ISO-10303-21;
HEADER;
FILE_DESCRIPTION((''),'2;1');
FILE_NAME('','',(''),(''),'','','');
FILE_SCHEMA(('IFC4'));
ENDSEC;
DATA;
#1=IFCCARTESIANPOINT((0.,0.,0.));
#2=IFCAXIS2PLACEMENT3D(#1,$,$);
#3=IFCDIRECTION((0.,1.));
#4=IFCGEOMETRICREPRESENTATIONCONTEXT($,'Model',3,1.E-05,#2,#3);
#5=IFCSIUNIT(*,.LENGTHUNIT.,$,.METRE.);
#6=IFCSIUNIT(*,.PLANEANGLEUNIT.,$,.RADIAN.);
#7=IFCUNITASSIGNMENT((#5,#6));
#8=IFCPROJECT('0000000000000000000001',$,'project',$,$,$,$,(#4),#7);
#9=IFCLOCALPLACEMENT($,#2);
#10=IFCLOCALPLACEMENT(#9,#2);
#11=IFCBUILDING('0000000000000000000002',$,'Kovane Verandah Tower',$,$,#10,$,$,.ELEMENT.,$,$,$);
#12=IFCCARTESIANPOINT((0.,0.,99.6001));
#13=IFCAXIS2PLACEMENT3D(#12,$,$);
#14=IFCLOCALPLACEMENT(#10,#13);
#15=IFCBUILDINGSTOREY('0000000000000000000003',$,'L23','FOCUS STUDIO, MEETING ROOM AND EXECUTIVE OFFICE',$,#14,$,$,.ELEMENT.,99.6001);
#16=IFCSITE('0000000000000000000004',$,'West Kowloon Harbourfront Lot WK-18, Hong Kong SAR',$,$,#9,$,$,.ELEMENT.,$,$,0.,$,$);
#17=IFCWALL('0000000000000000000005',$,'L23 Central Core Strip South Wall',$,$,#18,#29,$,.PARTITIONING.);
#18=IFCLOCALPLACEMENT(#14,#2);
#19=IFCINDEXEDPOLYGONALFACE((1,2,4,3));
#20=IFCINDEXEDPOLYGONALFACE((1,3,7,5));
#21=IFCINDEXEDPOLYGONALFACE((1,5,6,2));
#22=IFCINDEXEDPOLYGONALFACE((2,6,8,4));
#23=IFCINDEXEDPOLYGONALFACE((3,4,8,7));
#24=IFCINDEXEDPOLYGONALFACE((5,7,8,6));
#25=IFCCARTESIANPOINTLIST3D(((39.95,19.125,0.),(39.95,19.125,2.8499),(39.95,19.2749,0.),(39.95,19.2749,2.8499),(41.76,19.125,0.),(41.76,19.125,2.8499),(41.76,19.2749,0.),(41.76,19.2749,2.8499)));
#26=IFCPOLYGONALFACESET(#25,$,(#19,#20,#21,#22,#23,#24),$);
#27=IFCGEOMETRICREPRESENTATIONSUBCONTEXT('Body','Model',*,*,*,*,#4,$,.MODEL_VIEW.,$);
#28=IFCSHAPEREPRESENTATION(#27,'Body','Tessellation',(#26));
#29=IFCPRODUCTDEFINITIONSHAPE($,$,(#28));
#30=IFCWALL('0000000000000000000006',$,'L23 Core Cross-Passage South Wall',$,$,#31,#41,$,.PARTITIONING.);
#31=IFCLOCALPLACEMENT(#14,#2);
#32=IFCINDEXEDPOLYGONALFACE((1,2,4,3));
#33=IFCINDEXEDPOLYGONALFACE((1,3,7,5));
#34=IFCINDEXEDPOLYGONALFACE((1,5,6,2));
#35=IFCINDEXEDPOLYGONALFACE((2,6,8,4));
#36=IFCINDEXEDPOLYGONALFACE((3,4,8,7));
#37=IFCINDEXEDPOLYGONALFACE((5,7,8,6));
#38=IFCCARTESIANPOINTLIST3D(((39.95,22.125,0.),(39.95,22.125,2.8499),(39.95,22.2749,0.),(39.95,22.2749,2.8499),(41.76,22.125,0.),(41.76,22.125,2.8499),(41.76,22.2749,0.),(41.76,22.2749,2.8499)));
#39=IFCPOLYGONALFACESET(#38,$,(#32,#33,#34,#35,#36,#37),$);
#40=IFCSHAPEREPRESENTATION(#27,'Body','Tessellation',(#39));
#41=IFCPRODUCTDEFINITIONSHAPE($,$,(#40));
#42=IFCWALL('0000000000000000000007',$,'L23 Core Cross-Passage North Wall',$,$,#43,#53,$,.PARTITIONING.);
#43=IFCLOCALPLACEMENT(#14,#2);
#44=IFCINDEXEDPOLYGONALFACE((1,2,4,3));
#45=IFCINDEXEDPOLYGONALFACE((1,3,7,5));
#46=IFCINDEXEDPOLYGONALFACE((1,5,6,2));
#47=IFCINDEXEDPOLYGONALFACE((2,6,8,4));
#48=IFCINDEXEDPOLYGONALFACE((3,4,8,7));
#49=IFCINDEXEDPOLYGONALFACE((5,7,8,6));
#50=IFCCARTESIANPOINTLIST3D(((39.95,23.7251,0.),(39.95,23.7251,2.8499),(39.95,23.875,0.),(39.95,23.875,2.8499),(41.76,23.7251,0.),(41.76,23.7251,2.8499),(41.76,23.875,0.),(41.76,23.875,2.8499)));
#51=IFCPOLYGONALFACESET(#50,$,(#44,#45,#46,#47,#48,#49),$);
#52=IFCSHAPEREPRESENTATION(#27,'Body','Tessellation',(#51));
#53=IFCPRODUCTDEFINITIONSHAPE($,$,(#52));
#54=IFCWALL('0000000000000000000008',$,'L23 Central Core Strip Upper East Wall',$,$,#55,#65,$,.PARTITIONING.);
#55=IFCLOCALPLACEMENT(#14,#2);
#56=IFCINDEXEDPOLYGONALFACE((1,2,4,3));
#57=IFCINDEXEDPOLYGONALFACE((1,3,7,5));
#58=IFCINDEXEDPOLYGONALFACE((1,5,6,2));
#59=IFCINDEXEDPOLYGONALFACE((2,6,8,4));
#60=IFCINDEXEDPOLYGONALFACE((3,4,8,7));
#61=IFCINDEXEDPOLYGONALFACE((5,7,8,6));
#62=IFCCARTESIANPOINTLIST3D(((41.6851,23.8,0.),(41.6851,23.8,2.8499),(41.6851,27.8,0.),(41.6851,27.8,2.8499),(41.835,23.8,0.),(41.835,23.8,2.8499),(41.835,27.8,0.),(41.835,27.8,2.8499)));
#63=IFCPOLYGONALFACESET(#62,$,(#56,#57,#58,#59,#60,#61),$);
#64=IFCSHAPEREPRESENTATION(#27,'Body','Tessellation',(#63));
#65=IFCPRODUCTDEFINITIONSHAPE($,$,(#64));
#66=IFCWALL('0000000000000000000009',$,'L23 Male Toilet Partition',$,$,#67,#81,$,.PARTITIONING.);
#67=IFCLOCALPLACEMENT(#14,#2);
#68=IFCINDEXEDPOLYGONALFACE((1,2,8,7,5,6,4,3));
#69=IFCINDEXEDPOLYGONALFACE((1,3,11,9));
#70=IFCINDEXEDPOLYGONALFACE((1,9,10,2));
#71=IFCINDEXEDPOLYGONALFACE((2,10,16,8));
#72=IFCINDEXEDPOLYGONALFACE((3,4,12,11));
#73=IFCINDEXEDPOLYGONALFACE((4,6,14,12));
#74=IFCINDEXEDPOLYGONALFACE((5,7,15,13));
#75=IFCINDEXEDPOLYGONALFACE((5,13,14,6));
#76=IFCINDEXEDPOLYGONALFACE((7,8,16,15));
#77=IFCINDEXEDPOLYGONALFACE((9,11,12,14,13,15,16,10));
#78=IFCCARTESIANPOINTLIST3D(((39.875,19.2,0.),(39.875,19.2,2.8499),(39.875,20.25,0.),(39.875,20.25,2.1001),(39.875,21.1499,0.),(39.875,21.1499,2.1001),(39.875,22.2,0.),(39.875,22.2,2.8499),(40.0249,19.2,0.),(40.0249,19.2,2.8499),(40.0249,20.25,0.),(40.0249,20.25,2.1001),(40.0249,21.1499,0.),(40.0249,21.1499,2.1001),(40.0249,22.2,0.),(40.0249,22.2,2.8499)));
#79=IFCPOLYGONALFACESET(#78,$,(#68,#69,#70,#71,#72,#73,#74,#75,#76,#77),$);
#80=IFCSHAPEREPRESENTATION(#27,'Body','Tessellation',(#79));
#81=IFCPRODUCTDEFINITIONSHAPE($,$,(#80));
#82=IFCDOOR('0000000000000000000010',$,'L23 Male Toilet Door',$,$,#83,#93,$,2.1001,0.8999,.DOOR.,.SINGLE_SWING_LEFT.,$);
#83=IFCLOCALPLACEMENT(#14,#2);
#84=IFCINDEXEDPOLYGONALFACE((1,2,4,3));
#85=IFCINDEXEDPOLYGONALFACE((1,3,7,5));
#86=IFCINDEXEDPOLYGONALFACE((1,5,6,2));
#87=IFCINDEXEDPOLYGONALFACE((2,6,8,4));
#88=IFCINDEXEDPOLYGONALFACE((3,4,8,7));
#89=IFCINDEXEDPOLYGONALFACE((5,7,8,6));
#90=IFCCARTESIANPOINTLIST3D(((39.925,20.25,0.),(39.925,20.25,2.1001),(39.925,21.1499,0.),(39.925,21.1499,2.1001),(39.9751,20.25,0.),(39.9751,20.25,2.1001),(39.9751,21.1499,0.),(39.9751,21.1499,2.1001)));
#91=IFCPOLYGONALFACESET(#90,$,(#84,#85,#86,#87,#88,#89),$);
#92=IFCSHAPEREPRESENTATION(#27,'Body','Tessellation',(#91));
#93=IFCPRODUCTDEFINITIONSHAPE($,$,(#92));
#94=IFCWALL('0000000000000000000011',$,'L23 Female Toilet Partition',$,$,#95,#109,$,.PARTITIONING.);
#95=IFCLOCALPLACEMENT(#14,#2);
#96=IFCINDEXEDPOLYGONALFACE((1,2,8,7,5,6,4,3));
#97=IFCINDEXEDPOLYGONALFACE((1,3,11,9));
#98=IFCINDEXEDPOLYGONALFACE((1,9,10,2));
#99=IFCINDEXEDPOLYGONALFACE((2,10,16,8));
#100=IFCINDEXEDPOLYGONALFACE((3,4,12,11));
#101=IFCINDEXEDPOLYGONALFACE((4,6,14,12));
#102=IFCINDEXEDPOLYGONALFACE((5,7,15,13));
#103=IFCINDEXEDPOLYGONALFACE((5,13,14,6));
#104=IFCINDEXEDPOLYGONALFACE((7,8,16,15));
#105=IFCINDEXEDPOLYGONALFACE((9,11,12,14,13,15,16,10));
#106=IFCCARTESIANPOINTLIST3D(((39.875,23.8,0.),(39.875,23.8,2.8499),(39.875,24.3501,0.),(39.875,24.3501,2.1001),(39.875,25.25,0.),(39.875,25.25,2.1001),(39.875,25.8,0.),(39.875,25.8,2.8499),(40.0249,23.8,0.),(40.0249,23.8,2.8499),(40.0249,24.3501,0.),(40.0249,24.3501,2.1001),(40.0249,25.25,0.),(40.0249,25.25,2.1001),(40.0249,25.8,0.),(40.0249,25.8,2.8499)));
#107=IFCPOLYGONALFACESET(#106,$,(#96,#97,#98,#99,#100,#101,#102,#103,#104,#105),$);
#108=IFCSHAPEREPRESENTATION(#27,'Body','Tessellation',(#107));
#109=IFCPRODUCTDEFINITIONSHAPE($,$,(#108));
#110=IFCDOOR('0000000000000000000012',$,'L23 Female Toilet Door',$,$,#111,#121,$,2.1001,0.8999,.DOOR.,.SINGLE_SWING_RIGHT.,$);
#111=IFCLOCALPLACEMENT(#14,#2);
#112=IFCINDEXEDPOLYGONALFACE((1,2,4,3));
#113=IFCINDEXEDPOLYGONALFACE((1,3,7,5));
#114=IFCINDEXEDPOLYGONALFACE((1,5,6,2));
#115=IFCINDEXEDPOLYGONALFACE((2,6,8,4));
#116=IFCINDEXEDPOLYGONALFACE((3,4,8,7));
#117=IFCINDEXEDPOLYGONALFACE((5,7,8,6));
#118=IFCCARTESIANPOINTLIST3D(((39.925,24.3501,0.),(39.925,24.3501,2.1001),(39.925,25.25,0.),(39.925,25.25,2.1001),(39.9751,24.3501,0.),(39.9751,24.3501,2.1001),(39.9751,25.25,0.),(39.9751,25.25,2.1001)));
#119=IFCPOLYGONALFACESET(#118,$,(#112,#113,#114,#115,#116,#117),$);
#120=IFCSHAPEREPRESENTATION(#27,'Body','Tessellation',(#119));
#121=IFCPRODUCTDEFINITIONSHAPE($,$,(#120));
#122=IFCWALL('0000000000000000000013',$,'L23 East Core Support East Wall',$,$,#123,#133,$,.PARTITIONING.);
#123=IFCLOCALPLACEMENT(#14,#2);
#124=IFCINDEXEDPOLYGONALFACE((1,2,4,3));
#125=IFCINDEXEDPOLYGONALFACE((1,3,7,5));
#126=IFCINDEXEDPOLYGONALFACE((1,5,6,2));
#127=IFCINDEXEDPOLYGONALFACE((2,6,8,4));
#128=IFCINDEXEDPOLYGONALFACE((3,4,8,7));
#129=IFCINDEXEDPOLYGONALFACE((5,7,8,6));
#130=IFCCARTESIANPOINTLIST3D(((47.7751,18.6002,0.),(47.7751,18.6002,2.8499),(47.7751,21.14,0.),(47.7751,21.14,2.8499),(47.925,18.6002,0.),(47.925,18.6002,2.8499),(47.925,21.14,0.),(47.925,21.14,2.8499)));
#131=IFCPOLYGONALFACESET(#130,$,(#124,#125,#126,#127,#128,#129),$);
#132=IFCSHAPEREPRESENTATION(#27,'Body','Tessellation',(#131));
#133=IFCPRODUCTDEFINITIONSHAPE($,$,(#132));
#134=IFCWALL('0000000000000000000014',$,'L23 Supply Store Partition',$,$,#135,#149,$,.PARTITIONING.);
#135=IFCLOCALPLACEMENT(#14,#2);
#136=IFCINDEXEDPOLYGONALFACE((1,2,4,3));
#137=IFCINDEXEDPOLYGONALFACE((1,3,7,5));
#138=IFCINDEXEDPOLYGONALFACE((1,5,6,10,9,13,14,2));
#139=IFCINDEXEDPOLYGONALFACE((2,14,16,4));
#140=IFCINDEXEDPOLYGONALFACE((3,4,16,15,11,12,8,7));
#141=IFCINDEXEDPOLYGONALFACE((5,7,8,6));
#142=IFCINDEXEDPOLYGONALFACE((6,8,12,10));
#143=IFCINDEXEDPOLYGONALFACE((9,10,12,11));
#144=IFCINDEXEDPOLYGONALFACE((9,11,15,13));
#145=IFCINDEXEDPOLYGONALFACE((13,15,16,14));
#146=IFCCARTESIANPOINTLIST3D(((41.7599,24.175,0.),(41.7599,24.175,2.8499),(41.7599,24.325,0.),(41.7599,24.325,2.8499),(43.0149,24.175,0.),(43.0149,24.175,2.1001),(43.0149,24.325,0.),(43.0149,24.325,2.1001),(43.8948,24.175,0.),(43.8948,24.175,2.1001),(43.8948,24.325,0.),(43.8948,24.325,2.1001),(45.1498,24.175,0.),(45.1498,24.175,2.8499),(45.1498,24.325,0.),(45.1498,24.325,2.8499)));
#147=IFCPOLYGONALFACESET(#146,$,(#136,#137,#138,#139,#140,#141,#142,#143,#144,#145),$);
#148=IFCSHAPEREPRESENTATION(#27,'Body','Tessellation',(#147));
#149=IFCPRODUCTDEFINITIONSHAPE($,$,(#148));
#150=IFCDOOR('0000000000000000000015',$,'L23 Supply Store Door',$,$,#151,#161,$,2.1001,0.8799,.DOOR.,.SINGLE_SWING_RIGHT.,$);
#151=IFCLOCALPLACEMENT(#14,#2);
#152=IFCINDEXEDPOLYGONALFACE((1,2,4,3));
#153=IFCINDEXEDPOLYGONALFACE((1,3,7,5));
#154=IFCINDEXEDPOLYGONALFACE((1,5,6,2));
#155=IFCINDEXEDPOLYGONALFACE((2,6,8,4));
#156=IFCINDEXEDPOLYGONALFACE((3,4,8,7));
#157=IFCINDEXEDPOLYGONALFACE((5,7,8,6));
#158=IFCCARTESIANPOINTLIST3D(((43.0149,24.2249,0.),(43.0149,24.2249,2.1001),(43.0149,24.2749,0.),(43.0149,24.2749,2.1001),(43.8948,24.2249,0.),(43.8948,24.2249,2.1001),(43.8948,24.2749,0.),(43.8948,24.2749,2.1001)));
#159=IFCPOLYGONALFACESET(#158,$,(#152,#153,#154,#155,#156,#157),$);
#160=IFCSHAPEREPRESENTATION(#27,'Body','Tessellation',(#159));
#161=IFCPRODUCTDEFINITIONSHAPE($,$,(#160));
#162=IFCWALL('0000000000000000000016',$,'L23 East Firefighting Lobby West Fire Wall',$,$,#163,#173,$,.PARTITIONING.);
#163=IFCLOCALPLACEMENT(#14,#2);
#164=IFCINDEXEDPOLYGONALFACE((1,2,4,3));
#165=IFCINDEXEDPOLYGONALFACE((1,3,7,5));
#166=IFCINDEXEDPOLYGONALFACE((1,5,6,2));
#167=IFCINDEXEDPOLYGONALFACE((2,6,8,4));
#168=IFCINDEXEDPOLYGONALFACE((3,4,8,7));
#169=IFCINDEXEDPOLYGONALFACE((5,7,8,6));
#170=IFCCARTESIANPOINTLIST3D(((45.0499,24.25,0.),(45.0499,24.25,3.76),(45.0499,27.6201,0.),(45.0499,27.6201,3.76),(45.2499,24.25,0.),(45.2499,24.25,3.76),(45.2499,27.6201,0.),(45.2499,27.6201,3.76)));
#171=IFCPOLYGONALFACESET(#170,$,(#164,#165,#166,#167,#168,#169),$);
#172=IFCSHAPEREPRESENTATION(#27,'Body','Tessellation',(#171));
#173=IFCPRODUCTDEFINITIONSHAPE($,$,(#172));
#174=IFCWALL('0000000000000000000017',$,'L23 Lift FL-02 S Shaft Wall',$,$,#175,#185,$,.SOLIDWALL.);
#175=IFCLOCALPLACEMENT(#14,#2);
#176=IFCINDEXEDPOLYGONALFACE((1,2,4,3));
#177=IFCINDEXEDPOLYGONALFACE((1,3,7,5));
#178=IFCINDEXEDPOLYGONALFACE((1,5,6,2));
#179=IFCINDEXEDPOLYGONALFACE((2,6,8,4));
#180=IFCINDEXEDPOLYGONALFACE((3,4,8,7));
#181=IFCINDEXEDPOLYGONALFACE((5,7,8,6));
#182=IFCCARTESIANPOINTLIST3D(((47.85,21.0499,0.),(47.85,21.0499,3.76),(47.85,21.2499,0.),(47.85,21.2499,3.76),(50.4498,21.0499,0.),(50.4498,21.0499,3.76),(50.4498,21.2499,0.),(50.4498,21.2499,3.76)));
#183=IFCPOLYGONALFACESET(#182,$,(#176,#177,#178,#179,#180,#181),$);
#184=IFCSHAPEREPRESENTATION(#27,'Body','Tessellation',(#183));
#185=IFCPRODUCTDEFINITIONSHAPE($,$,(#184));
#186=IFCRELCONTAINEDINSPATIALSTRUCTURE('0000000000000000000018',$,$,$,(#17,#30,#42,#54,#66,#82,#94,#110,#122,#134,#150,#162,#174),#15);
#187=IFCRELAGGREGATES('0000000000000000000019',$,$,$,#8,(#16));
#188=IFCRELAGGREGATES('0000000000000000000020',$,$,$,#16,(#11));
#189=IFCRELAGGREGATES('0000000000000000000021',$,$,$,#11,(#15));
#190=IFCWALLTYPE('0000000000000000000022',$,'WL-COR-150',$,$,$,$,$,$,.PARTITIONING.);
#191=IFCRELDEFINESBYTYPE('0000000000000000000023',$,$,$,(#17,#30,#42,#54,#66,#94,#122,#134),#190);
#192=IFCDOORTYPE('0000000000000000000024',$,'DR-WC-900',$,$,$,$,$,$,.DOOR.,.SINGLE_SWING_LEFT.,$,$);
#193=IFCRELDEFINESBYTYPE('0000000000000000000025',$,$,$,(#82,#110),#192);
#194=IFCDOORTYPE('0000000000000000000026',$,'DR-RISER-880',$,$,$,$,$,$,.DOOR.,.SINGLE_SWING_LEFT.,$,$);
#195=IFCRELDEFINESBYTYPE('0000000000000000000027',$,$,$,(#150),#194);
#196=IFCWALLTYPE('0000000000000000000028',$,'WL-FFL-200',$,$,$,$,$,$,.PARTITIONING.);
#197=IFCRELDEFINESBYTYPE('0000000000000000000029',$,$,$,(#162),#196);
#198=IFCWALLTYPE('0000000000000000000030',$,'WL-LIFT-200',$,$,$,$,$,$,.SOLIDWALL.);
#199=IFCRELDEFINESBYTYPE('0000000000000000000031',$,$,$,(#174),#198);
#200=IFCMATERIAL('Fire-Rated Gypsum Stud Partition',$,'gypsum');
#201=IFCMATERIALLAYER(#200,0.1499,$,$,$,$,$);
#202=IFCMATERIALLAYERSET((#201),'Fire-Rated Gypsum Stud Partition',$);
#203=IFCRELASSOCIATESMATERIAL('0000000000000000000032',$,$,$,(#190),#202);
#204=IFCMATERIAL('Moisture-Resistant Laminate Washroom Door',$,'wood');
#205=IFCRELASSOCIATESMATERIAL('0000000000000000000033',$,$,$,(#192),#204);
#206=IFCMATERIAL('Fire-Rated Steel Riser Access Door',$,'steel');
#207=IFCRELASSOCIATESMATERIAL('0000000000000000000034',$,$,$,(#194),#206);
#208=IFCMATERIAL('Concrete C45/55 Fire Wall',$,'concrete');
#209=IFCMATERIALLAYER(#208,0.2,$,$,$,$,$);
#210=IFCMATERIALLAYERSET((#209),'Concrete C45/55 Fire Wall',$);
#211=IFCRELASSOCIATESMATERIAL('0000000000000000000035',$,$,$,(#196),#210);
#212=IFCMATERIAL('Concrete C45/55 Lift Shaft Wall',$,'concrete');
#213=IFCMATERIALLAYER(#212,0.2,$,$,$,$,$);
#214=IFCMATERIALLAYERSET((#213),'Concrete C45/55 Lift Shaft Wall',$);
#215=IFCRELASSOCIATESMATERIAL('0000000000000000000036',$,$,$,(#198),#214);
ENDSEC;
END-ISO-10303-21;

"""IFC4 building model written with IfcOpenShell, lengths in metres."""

from ifc_helpers import new_model, si_unit, direction, frame, frame_2d, origin, place, context, subcontext, project, spatial, rectangle, extrude, material, layer, layer_set, type_object, element, fill, save


model = new_model("IFC4")

# Units and contexts
model_context = context("Model", 3, precision=1e-05, world=origin(), true_north=direction((0.0, 1.0)))
body_context = subcontext(model_context, "Body", "Model", "MODEL_VIEW")
ifc_project = project(units=[si_unit("LENGTHUNIT", "METRE"), si_unit("PLANEANGLEUNIT", "RADIAN")], contexts=[model_context])

# Site, building, storey
site_placement = place(None, origin())
site = spatial("IfcSite", under=ifc_project, at=site_placement, Name="West Kowloon Harbourfront Lot WK-18, Hong Kong SAR", CompositionType="ELEMENT", RefElevation=0.0)
building_placement = place(site_placement, origin())
building = spatial("IfcBuilding", under=site, at=building_placement, Name="Kovane Verandah Tower", CompositionType="ELEMENT")
storey_placement = place(building_placement, frame((0.0, 0.0, 99.6001)))
storey = spatial("IfcBuildingStorey", under=building, at=storey_placement, Name="L23", Description="FOCUS STUDIO, MEETING ROOM AND EXECUTIVE OFFICE", CompositionType="ELEMENT", Elevation=99.6001)

# Walls
ifc_material_1 = material(Name="Fire-Rated Gypsum Stud Partition", Category="gypsum")
ifc_layer_1 = layer(ifc_material_1, 0.1499)
ifc_layer_set_1 = layer_set([ifc_layer_1], Name="Fire-Rated Gypsum Stud Partition")
wall_type_1 = type_object("IfcWallType", Name="WL-COR-150", PredefinedType="PARTITIONING", material=ifc_layer_set_1)
for number, where, z_axis, x_axis, name in (
    (1, (39.95, 19.2, 0.0), (0.0, 0.0, 1.0), (1.0, 0.0, 0.0), "L23 Central Core Strip South Wall"),
    (2, (39.95, 22.2, 0.0), (0.0, 0.0, 1.0), (1.0, 0.0, 0.0), "L23 Core Cross-Passage South Wall"),
    (3, (39.95, 23.8, 0.0), (0.0, 0.0, 1.0), (1.0, 0.0, 0.0), "L23 Core Cross-Passage North Wall"),
):
    element("IfcWall", number, at=place(storey_placement, frame(where, z_axis=z_axis, x_axis=x_axis)), inside=storey, type_object=wall_type_1, Name=name, PredefinedType="PARTITIONING", context=body_context, shape_type="SweptSolid", body=[
        extrude(rectangle(XDim=1.8101, YDim=0.1499, at=frame_2d((0.905, 0.0))), origin(), (0.0, 0.0, 1.0), 2.8499),
    ])
wall_1_placement = place(storey_placement, frame((41.76, 23.8, 0.0), z_axis=(0.0, 0.0, 1.0), x_axis=(0.0, 1.0, 0.0)))
element("IfcWall", 4, at=wall_1_placement, inside=storey, type_object=wall_type_1, Name="L23 Central Core Strip Upper East Wall", PredefinedType="PARTITIONING", context=body_context, shape_type="SweptSolid", body=[
    extrude(rectangle(XDim=4.0, YDim=0.1499, at=frame_2d((2.0, 0.0))), origin(), (0.0, 0.0, 1.0), 2.8499),
])

# Walls, openings, doors
wall_2_placement = place(storey_placement, frame((39.95, 19.2, 0.0), z_axis=(0.0, 0.0, 1.0), x_axis=(0.0, 1.0, 0.0)))
wall_2 = element("IfcWall", 5, at=wall_2_placement, inside=storey, type_object=wall_type_1, Name="L23 Male Toilet Partition", PredefinedType="PARTITIONING", context=body_context, shape_type="SweptSolid", body=[
    extrude(rectangle(XDim=3.0, YDim=0.1499, at=frame_2d((1.5, 0.0))), origin(), (0.0, 0.0, 1.0), 2.8499),
])
opening_1_placement = place(wall_2_placement, frame((1.05, 0.0, 0.0)))
opening_1 = element("IfcOpeningElement", 6, at=opening_1_placement, cuts=wall_2, PredefinedType="OPENING", context=body_context, shape_type="SweptSolid", body=[
    extrude(rectangle(XDim=0.8999, YDim=2.1001, at=frame_2d((0.45, 1.05))), frame((0.0, 0.075, 0.0), z_axis=(0.0, -1.0, 0.0), x_axis=(1.0, 0.0, 0.0)), (0.0, 0.0, 1.0), 0.1499),
])
ifc_material_2 = material(Name="Moisture-Resistant Laminate Washroom Door", Category="wood")
door_type_1 = type_object("IfcDoorType", Name="DR-WC-900", OperationType="SINGLE_SWING_LEFT", PredefinedType="DOOR", material=ifc_material_2)
door_1_placement = place(opening_1_placement, origin())
door_1 = element("IfcDoor", 7, at=door_1_placement, inside=storey, type_object=door_type_1, Name="L23 Male Toilet Door", OperationType="SINGLE_SWING_LEFT", OverallHeight=2.1001, OverallWidth=0.8999, PredefinedType="DOOR", context=body_context, shape_type="SweptSolid", body=[
    extrude(rectangle(XDim=0.8999, YDim=2.1001, at=frame_2d((0.45, 1.05))), frame((0.0, 0.0249, 0.0), z_axis=(0.0, -1.0, 0.0), x_axis=(1.0, 0.0, 0.0)), (0.0, 0.0, 1.0), 0.05),
])
fill(opening_1, door_1)
wall_3_placement = place(storey_placement, frame((39.95, 23.8, 0.0), z_axis=(0.0, 0.0, 1.0), x_axis=(0.0, 1.0, 0.0)))
wall_3 = element("IfcWall", 8, at=wall_3_placement, inside=storey, type_object=wall_type_1, Name="L23 Female Toilet Partition", PredefinedType="PARTITIONING", context=body_context, shape_type="SweptSolid", body=[
    extrude(rectangle(XDim=2.0, YDim=0.1499, at=frame_2d((1.0, 0.0))), origin(), (0.0, 0.0, 1.0), 2.8499),
])
opening_2_placement = place(wall_3_placement, frame((0.55, 0.0, 0.0)))
opening_2 = element("IfcOpeningElement", 9, at=opening_2_placement, cuts=wall_3, PredefinedType="OPENING", context=body_context, shape_type="SweptSolid", body=[
    extrude(rectangle(XDim=0.8999, YDim=2.1001, at=frame_2d((0.45, 1.05))), frame((0.0, 0.075, 0.0), z_axis=(0.0, -1.0, 0.0), x_axis=(1.0, 0.0, 0.0)), (0.0, 0.0, 1.0), 0.1499),
])
door_2_placement = place(opening_2_placement, origin())
door_2 = element("IfcDoor", 10, at=door_2_placement, inside=storey, type_object=door_type_1, Name="L23 Female Toilet Door", OperationType="SINGLE_SWING_RIGHT", OverallHeight=2.1001, OverallWidth=0.8999, PredefinedType="DOOR", context=body_context, shape_type="SweptSolid", body=[
    extrude(rectangle(XDim=0.8999, YDim=2.1001, at=frame_2d((0.45, 1.05))), frame((0.0, 0.0249, 0.0), z_axis=(0.0, -1.0, 0.0), x_axis=(1.0, 0.0, 0.0)), (0.0, 0.0, 1.0), 0.05),
])
fill(opening_2, door_2)

# Wall
wall_4_placement = place(storey_placement, frame((47.8501, 18.6001, 0.0), z_axis=(0.0, 0.0, 1.0), x_axis=(0.0, 1.0, 0.0)))
element("IfcWall", 11, at=wall_4_placement, inside=storey, type_object=wall_type_1, Name="L23 East Core Support East Wall", PredefinedType="PARTITIONING", context=body_context, shape_type="SweptSolid", body=[
    extrude(rectangle(XDim=2.5398, YDim=0.1499, at=frame_2d((1.27, 0.0))), origin(), (0.0, 0.0, 1.0), 2.8499),
])

# Wall, opening, door
wall_5_placement = place(storey_placement, frame((41.76, 24.25, 0.0), z_axis=(0.0, 0.0, 1.0), x_axis=(1.0, 0.0, 0.0)))
wall_5 = element("IfcWall", 12, at=wall_5_placement, inside=storey, type_object=wall_type_1, Name="L23 Supply Store Partition", PredefinedType="PARTITIONING", context=body_context, shape_type="SweptSolid", body=[
    extrude(rectangle(XDim=3.3899, YDim=0.1499, at=frame_2d((1.6948, 0.0))), origin(), (0.0, 0.0, 1.0), 2.8499),
])
opening_3_placement = place(wall_5_placement, frame((1.2549, 0.0, 0.0)))
opening_3 = element("IfcOpeningElement", 13, at=opening_3_placement, cuts=wall_5, PredefinedType="OPENING", context=body_context, shape_type="SweptSolid", body=[
    extrude(rectangle(XDim=0.8799, YDim=2.1001, at=frame_2d((0.4399, 1.05))), frame((0.0, 0.075, 0.0), z_axis=(0.0, -1.0, 0.0), x_axis=(1.0, 0.0, 0.0)), (0.0, 0.0, 1.0), 0.1499),
])
ifc_material_3 = material(Name="Fire-Rated Steel Riser Access Door", Category="steel")
door_type_2 = type_object("IfcDoorType", Name="DR-RISER-880", OperationType="SINGLE_SWING_LEFT", PredefinedType="DOOR", material=ifc_material_3)
door_3_placement = place(opening_3_placement, origin())
door_3 = element("IfcDoor", 14, at=door_3_placement, inside=storey, type_object=door_type_2, Name="L23 Supply Store Door", OperationType="SINGLE_SWING_RIGHT", OverallHeight=2.1001, OverallWidth=0.8799, PredefinedType="DOOR", context=body_context, shape_type="SweptSolid", body=[
    extrude(rectangle(XDim=0.8799, YDim=2.1001, at=frame_2d((0.4399, 1.05))), frame((0.0, 0.0249, 0.0), z_axis=(0.0, -1.0, 0.0), x_axis=(1.0, 0.0, 0.0)), (0.0, 0.0, 1.0), 0.05),
])
fill(opening_3, door_3)

# Wall
ifc_material_4 = material(Name="Concrete C45/55 Fire Wall", Category="concrete")
ifc_layer_2 = layer(ifc_material_4, 0.2)
ifc_layer_set_2 = layer_set([ifc_layer_2], Name="Concrete C45/55 Fire Wall")
wall_type_2 = type_object("IfcWallType", Name="WL-FFL-200", PredefinedType="PARTITIONING", material=ifc_layer_set_2)
wall_6_placement = place(storey_placement, frame((45.1499, 24.25, 0.0), z_axis=(0.0, 0.0, 1.0), x_axis=(0.0, 1.0, 0.0)))
element("IfcWall", 15, at=wall_6_placement, inside=storey, type_object=wall_type_2, Name="L23 East Firefighting Lobby West Fire Wall", PredefinedType="PARTITIONING", context=body_context, shape_type="SweptSolid", body=[
    extrude(rectangle(XDim=3.3701, YDim=0.2, at=frame_2d((1.6851, 0.0))), origin(), (0.0, 0.0, 1.0), 3.76),
])

# Wall
ifc_material_5 = material(Name="Concrete C45/55 Lift Shaft Wall", Category="concrete")
ifc_layer_3 = layer(ifc_material_5, 0.2)
ifc_layer_set_3 = layer_set([ifc_layer_3], Name="Concrete C45/55 Lift Shaft Wall")
wall_type_3 = type_object("IfcWallType", Name="WL-LIFT-200", PredefinedType="SOLIDWALL", material=ifc_layer_set_3)
wall_7_placement = place(storey_placement, frame((47.8501, 21.1499, 0.0), z_axis=(0.0, 0.0, 1.0), x_axis=(1.0, 0.0, 0.0)))
element("IfcWall", 16, at=wall_7_placement, inside=storey, type_object=wall_type_3, Name="L23 Lift FL-02 S Shaft Wall", PredefinedType="SOLIDWALL", context=body_context, shape_type="SweptSolid", body=[
    extrude(rectangle(XDim=2.5999, YDim=0.2, at=frame_2d((1.2998, 0.0))), origin(), (0.0, 0.0, 1.0), 3.76),
])

save(model, "model.ifc")
